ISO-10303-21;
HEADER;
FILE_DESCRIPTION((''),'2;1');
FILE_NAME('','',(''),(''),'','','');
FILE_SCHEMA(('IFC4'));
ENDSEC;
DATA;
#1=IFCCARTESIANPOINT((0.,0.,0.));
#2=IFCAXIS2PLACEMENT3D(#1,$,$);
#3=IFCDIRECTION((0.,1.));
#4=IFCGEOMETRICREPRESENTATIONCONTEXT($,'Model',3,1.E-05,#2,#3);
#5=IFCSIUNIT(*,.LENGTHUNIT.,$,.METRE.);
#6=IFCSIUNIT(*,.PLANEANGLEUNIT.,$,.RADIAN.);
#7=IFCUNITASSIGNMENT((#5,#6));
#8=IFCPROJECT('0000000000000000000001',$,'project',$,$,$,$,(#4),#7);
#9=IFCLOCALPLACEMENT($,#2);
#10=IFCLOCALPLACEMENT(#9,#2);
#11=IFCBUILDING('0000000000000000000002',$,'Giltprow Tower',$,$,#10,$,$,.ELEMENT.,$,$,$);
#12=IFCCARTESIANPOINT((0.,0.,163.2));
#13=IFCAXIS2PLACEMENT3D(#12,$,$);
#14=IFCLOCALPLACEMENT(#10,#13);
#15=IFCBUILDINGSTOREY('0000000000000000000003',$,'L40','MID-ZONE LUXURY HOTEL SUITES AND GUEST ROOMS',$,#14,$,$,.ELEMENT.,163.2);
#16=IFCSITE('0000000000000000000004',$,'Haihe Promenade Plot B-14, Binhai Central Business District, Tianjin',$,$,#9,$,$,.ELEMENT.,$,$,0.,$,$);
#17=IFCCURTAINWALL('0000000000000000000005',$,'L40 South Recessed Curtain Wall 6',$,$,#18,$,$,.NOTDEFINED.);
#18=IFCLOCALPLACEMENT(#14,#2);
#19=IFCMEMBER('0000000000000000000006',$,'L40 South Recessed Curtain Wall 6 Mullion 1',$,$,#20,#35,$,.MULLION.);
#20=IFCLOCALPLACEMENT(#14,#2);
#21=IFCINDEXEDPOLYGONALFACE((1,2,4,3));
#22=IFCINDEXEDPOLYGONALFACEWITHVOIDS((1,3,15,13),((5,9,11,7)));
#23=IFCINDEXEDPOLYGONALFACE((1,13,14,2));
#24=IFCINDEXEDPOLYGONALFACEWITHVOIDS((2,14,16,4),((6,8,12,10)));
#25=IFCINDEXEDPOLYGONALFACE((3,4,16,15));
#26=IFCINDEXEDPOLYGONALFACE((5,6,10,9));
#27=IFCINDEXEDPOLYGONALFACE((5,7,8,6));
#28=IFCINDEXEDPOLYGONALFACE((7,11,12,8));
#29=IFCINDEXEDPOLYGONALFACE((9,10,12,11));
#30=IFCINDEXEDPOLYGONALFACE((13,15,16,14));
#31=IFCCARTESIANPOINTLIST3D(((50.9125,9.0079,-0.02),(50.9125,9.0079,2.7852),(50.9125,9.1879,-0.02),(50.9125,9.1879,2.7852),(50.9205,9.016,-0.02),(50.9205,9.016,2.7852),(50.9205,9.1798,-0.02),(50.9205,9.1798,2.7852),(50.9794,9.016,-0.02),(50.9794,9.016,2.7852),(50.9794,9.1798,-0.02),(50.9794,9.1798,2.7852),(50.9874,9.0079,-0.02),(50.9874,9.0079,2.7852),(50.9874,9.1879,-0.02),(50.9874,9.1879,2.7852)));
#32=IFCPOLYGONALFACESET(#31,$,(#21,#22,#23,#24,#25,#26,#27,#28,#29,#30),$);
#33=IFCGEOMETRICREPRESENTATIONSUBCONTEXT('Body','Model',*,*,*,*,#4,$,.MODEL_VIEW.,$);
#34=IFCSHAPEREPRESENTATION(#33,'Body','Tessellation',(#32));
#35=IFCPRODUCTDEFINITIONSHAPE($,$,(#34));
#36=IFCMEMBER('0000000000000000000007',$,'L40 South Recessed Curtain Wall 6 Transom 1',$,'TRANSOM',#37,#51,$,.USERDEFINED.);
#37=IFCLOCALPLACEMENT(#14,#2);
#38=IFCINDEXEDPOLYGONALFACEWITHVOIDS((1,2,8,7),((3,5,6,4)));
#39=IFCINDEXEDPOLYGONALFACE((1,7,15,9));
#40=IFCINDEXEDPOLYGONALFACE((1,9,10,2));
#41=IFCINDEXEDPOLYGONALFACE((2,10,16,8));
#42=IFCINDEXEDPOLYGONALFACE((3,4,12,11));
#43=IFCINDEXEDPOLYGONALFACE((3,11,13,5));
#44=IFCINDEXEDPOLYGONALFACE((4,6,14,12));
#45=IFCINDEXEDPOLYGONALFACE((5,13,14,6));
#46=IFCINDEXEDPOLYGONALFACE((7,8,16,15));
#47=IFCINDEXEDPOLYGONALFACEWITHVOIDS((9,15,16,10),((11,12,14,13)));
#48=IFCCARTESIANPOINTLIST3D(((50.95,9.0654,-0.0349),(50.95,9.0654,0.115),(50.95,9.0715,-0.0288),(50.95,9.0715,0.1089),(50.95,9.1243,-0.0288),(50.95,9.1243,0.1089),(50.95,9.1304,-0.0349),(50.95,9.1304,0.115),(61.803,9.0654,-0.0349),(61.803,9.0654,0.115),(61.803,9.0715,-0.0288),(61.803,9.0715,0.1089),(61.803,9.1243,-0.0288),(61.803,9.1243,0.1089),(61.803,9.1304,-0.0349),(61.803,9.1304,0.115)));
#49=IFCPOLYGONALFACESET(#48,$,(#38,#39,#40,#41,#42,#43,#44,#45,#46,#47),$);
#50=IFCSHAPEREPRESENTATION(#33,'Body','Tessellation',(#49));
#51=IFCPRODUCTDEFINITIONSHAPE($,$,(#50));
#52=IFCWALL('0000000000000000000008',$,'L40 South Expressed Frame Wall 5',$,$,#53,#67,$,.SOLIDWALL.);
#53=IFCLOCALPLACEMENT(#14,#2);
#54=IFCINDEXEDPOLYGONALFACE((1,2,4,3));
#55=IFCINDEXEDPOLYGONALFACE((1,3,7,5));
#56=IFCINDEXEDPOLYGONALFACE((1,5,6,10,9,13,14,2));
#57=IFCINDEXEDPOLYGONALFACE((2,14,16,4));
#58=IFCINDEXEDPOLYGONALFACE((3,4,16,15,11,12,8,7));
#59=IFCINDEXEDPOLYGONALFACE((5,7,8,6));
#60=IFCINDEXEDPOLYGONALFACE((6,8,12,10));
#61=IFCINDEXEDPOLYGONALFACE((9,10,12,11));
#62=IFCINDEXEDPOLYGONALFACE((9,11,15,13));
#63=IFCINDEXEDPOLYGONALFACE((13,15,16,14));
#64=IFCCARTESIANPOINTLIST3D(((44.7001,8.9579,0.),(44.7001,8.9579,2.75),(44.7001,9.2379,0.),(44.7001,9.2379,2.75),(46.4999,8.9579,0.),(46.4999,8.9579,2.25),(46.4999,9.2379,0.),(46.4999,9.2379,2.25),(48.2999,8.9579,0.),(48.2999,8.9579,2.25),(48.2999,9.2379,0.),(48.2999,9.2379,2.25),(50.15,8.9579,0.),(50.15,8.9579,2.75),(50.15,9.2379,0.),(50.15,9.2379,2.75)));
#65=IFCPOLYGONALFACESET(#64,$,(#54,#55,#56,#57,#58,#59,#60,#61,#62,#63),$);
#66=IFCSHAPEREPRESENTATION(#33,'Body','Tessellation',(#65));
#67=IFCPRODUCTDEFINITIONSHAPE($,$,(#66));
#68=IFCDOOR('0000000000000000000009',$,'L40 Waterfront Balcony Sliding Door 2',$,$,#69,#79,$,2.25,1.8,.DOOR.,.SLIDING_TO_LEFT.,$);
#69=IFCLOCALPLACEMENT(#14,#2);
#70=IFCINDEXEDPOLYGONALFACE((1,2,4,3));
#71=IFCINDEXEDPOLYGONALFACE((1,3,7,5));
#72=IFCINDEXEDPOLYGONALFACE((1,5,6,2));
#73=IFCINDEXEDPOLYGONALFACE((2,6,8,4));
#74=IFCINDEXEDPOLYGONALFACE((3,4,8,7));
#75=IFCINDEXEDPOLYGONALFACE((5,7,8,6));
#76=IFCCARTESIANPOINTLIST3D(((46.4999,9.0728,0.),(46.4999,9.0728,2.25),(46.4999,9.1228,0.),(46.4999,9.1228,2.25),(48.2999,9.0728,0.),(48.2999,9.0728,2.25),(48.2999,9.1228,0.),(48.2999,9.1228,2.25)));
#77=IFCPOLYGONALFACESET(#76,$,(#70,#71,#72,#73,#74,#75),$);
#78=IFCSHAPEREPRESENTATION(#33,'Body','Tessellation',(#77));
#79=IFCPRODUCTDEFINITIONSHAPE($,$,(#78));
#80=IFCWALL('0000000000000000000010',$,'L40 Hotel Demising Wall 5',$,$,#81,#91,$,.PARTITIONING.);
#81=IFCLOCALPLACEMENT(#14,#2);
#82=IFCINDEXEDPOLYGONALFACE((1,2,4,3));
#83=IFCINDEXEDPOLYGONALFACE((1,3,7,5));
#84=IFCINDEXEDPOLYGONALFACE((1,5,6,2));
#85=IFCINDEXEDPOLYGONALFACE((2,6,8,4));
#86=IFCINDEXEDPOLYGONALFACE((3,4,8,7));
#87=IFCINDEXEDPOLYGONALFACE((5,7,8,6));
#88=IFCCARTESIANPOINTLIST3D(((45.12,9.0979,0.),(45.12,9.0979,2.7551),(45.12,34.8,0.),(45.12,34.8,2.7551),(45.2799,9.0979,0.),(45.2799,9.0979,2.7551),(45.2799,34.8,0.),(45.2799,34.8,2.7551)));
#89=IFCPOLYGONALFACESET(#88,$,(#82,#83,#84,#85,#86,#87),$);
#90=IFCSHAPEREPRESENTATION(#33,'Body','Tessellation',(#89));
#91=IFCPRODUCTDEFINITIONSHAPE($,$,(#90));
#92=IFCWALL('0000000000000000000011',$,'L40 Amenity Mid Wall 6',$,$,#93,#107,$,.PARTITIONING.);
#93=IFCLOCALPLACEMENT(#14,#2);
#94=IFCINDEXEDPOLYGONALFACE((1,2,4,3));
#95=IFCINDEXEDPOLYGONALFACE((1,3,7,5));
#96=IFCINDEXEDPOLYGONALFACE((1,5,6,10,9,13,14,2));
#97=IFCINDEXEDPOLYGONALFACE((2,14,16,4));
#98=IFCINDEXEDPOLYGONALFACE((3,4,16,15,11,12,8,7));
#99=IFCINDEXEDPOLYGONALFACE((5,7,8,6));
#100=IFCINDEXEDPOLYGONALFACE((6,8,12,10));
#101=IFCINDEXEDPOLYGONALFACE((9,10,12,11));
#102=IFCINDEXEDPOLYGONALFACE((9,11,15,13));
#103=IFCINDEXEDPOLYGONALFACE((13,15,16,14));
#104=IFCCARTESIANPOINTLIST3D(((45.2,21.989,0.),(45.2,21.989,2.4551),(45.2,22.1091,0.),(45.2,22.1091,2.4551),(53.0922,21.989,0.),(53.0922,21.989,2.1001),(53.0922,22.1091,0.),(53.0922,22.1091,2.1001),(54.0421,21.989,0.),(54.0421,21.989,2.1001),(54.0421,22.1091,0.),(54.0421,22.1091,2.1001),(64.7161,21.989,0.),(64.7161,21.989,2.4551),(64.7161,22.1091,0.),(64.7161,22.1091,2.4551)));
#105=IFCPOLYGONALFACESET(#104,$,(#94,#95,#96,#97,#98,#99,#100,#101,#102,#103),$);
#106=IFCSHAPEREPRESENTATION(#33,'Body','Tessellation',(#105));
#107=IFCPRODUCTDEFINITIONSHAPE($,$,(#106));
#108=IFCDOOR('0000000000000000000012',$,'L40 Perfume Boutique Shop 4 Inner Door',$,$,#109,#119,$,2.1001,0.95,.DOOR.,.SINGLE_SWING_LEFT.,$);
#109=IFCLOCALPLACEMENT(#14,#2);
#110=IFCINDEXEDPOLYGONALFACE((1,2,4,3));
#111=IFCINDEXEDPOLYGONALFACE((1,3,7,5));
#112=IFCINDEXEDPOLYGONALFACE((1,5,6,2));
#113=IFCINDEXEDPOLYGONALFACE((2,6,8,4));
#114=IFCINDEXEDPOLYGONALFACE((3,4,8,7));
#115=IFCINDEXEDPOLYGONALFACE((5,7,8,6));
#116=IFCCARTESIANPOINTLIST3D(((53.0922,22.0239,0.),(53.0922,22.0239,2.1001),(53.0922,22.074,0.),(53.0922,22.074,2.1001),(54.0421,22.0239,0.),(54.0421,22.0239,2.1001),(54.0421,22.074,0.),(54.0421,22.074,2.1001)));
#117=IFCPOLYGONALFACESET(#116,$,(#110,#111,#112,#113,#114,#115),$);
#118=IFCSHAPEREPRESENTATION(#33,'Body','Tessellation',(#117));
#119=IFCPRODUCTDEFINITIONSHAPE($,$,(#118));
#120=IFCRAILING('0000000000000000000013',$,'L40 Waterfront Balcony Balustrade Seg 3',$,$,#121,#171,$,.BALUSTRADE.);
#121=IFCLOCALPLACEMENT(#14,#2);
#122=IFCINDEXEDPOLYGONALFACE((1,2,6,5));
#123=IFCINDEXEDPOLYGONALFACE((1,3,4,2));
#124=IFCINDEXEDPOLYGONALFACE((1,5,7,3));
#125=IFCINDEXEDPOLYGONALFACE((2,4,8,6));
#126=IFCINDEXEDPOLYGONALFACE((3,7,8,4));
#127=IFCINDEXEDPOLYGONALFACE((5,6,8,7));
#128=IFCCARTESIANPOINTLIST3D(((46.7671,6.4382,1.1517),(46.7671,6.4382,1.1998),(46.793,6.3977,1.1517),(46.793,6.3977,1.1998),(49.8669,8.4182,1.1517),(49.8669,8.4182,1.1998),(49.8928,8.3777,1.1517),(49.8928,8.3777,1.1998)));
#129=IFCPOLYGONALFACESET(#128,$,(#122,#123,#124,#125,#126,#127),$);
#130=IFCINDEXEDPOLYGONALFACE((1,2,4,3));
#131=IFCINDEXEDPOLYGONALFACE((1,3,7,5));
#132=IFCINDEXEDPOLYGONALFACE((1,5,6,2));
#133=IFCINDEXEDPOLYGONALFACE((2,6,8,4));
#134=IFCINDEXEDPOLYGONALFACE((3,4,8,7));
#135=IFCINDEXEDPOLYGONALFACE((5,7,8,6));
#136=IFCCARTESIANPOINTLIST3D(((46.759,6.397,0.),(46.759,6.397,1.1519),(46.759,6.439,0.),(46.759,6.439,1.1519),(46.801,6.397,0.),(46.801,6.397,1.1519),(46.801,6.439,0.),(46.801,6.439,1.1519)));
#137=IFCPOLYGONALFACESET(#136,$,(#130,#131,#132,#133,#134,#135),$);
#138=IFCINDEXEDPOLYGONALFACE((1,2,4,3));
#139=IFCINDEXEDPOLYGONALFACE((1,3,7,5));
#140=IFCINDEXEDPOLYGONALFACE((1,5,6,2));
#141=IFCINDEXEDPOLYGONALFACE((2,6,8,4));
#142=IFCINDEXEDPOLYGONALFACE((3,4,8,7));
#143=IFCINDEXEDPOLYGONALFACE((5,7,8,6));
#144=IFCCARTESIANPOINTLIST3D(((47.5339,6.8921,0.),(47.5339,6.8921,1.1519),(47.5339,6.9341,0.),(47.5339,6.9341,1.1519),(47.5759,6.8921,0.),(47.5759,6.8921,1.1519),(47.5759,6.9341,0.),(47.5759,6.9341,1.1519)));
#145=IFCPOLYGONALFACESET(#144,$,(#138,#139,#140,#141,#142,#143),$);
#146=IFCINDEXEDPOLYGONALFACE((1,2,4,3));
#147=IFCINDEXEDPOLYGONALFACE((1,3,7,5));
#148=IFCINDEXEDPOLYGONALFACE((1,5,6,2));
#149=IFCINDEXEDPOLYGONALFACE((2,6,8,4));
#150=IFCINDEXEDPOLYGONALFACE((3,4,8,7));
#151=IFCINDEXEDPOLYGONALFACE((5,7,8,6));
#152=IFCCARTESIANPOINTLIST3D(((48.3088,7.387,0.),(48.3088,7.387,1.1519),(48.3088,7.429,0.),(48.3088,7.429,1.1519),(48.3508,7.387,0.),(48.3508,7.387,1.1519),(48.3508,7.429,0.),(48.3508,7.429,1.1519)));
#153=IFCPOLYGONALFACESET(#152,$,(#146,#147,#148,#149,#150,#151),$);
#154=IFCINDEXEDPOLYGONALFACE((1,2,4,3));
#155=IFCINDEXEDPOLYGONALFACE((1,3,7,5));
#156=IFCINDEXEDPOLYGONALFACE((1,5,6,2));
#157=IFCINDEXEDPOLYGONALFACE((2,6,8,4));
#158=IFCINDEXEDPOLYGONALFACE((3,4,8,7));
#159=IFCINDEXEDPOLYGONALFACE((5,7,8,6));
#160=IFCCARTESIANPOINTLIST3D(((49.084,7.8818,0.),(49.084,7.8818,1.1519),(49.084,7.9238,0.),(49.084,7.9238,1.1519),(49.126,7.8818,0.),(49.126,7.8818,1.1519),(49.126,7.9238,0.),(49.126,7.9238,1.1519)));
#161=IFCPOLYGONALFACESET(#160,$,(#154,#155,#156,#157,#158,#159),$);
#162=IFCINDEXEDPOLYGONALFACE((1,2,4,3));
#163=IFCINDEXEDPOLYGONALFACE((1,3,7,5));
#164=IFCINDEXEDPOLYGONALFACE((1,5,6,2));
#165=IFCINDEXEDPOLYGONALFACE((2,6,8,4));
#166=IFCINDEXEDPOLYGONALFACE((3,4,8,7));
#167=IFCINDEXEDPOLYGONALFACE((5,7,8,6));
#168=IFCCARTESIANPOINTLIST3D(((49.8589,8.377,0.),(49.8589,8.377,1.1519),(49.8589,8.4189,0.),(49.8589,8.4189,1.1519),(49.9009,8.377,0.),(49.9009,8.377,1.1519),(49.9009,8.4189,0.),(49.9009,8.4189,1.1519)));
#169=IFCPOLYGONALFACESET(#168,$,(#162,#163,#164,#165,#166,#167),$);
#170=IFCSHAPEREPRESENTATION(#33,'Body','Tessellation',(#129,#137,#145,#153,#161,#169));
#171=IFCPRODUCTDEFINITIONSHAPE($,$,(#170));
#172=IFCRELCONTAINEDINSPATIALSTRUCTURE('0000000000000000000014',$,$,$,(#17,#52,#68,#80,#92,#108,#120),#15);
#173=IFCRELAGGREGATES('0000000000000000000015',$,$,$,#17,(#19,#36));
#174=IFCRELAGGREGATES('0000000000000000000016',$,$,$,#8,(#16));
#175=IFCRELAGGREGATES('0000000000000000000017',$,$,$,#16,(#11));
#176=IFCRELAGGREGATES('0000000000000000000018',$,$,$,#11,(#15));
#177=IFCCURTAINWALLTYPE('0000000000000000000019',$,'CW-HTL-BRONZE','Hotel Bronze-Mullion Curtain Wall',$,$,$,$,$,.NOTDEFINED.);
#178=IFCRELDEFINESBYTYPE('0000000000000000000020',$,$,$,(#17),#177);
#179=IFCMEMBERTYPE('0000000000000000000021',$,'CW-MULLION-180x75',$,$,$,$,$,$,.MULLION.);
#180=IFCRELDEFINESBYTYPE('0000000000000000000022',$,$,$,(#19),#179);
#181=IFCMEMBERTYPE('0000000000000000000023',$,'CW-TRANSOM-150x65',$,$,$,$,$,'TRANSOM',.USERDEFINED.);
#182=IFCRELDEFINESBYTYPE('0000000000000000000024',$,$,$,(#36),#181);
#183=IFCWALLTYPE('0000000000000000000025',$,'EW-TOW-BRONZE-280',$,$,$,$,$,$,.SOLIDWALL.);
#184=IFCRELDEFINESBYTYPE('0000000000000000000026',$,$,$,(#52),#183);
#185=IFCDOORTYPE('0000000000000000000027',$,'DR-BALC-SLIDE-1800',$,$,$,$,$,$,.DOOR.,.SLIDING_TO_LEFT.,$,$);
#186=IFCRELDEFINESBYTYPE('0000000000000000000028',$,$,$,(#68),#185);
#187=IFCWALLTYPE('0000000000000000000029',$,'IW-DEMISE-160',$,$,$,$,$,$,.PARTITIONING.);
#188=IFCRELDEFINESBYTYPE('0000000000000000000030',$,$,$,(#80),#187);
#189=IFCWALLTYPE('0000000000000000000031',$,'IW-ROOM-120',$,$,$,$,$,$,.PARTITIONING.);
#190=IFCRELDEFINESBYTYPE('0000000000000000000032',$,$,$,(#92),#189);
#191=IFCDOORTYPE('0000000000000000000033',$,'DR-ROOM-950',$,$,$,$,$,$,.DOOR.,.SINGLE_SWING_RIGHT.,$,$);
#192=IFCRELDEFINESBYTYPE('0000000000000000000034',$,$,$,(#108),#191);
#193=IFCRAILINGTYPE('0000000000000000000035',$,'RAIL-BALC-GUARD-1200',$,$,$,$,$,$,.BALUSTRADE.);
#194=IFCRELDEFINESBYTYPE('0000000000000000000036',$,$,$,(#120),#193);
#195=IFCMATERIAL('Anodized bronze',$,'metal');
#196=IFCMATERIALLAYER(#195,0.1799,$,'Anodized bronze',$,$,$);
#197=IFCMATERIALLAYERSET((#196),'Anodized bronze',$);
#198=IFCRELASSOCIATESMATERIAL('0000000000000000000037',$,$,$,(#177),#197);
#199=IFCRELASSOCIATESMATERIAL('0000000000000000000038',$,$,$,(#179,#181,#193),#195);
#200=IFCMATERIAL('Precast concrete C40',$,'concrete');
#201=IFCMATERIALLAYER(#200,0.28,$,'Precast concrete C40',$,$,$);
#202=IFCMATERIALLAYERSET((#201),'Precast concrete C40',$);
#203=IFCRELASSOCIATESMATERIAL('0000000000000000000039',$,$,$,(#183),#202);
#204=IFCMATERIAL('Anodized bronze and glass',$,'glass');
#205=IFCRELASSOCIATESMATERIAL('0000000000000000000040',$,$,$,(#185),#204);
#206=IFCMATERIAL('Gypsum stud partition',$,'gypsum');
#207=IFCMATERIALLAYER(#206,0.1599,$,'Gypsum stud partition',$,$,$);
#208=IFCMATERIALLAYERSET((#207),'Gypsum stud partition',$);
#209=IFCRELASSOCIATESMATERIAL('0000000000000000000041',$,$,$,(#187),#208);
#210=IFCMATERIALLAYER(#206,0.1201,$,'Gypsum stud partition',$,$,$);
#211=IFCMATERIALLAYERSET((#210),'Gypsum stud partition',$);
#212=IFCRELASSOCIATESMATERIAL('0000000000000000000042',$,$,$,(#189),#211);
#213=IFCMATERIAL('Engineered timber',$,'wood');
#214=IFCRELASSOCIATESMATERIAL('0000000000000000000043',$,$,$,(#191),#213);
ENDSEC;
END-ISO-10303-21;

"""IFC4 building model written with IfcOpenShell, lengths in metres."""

from ifc_helpers import new_model, si_unit, direction, frame, frame_2d, origin, origin_2d, place, context, subcontext, project, spatial, rectangle, hollow_rectangle, extrude, source, transform, mapped, material, layer, layer_set, material_profile, profile_set, type_object, element, fill, aggregate, save


model = new_model("IFC4")

# Units and contexts
model_context = context("Model", 3, precision=1e-05, world=origin(), true_north=direction((0.0, 1.0)))
body_context = subcontext(model_context, "Body", "Model", "MODEL_VIEW")
ifc_project = project(units=[si_unit("LENGTHUNIT", "METRE"), si_unit("PLANEANGLEUNIT", "RADIAN")], contexts=[model_context])

# Site, building, storey
site_placement = place(None, origin())
site = spatial("IfcSite", under=ifc_project, at=site_placement, Name="Haihe Promenade Plot B-14, Binhai Central Business District, Tianjin", CompositionType="ELEMENT", RefElevation=0.0)
building_placement = place(site_placement, origin())
building = spatial("IfcBuilding", under=site, at=building_placement, Name="Giltprow Tower", CompositionType="ELEMENT")
storey_placement = place(building_placement, frame((0.0, 0.0, 163.2)))
storey = spatial("IfcBuildingStorey", under=building, at=storey_placement, Name="L40", Description="MID-ZONE LUXURY HOTEL SUITES AND GUEST ROOMS", CompositionType="ELEMENT", Elevation=163.2)

# Curtain wall, members
ifc_material_1 = material(Name="Anodized bronze", Category="metal")
ifc_layer_1 = layer(ifc_material_1, 0.1799, Name="Anodized bronze")
ifc_layer_set_1 = layer_set([ifc_layer_1], Name="Anodized bronze")
curtain_wall_type = type_object("IfcCurtainWallType", Name="CW-HTL-BRONZE", Description="Hotel Bronze-Mullion Curtain Wall", PredefinedType="NOTDEFINED", material=ifc_layer_set_1)
curtain_wall_placement = place(storey_placement, origin())
curtain_wall = element("IfcCurtainWall", 1, at=curtain_wall_placement, inside=storey, type_object=curtain_wall_type, Name="L40 South Recessed Curtain Wall 6", PredefinedType="NOTDEFINED")
ifc_material_profile_1 = material_profile(ifc_material_1, hollow_rectangle(XDim=0.075, YDim=0.1799, WallThickness=0.0081, at=origin_2d()), Name="RHS 180x75x8")
ifc_profile_set_1 = profile_set([ifc_material_profile_1], Name="Anodized bronze")
member_type_1 = type_object("IfcMemberType", Name="CW-MULLION-180x75", PredefinedType="MULLION", material=ifc_profile_set_1)
shared_shape_1 = source(origin(), body_context, "Body", "SweptSolid", [
    extrude(hollow_rectangle(XDim=0.075, YDim=0.1799, WallThickness=0.0081, at=origin_2d()), origin(), (0.0, 0.0, 1.0), 2.8052),
])
member_1_placement = place(storey_placement, frame((50.95, 9.0979, -0.02), z_axis=(0.0, 0.0, 1.0), x_axis=(1.0, 0.0, 0.0)))
member_1 = element("IfcMember", 2, at=member_1_placement, type_object=member_type_1, Name="L40 South Recessed Curtain Wall 6 Mullion 1", PredefinedType="MULLION", context=body_context, shape_type="MappedRepresentation", body=[
    mapped(shared_shape_1, transform((0.0, 0.0, 0.0), x_axis=(1.0, 0.0, 0.0), y_axis=(0.0, 1.0, 0.0), z_axis=(0.0, 0.0, 1.0), scale=1.0)),
])
ifc_material_profile_2 = material_profile(ifc_material_1, hollow_rectangle(XDim=0.0649, YDim=0.1499, WallThickness=0.0061, at=origin_2d()), Name="RHS 150x65x6")
ifc_profile_set_2 = profile_set([ifc_material_profile_2], Name="Anodized bronze")
member_type_2 = type_object("IfcMemberType", Name="CW-TRANSOM-150x65", ElementType="TRANSOM", PredefinedType="USERDEFINED", material=ifc_profile_set_2)
shared_shape_2 = source(origin(), body_context, "Body", "SweptSolid", [
    extrude(hollow_rectangle(XDim=0.0649, YDim=0.1499, WallThickness=0.0061, at=origin_2d()), origin(), (0.0, 0.0, 1.0), 10.853),
])
member_2_placement = place(storey_placement, frame((50.95, 9.0979, 0.04), z_axis=(1.0, 0.0, 0.0), x_axis=(0.0, 1.0, 0.0)))
member_2 = element("IfcMember", 3, at=member_2_placement, type_object=member_type_2, Name="L40 South Recessed Curtain Wall 6 Transom 1", ObjectType="TRANSOM", PredefinedType="USERDEFINED", context=body_context, shape_type="MappedRepresentation", body=[
    mapped(shared_shape_2, transform((0.0, 0.0, 0.0), x_axis=(1.0, 0.0, 0.0), y_axis=(0.0, 1.0, 0.0), z_axis=(0.0, 0.0, 1.0), scale=1.0)),
])
aggregate(curtain_wall, [member_1, member_2])

# Wall, opening, door
ifc_material_2 = material(Name="Precast concrete C40", Category="concrete")
ifc_layer_2 = layer(ifc_material_2, 0.28, Name="Precast concrete C40")
ifc_layer_set_2 = layer_set([ifc_layer_2], Name="Precast concrete C40")
wall_type_1 = type_object("IfcWallType", Name="EW-TOW-BRONZE-280", PredefinedType="SOLIDWALL", material=ifc_layer_set_2)
wall_1_placement = place(storey_placement, frame((44.7, 9.0979, 0.0), z_axis=(0.0, 0.0, 1.0), x_axis=(1.0, 0.0, 0.0)))
wall_1 = element("IfcWall", 4, at=wall_1_placement, inside=storey, type_object=wall_type_1, Name="L40 South Expressed Frame Wall 5", PredefinedType="SOLIDWALL", context=body_context, shape_type="SweptSolid", body=[
    extrude(rectangle(XDim=5.45, YDim=0.28, at=frame_2d((2.7251, 0.0))), origin(), (0.0, 0.0, 1.0), 2.75),
])
opening_1_placement = place(wall_1_placement, frame((1.8, 0.0, 0.0)))
opening_1 = element("IfcOpeningElement", 5, at=opening_1_placement, cuts=wall_1, PredefinedType="OPENING", context=body_context, shape_type="SweptSolid", body=[
    extrude(rectangle(XDim=1.8, YDim=2.25, at=frame_2d((0.8999, 1.125))), frame((0.0, 0.1499, 0.0), z_axis=(0.0, -1.0, 0.0), x_axis=(1.0, 0.0, 0.0)), (0.0, 0.0, 1.0), 0.3),
])
ifc_material_3 = material(Name="Anodized bronze and glass", Category="glass")
door_type_1 = type_object("IfcDoorType", Name="DR-BALC-SLIDE-1800", OperationType="SLIDING_TO_LEFT", PredefinedType="DOOR", material=ifc_material_3)
shared_shape_3 = source(origin(), body_context, "Body", "SweptSolid", [
    extrude(rectangle(XDim=1.8, YDim=2.25, at=frame_2d((0.8999, 1.125))), frame((0.0, 0.0249, 0.0), z_axis=(0.0, -1.0, 0.0), x_axis=(1.0, 0.0, 0.0)), (0.0, 0.0, 1.0), 0.05),
])
door_1_placement = place(opening_1_placement, origin())
door_1 = element("IfcDoor", 6, at=door_1_placement, inside=storey, type_object=door_type_1, Name="L40 Waterfront Balcony Sliding Door 2", OperationType="SLIDING_TO_LEFT", OverallHeight=2.25, OverallWidth=1.8, PredefinedType="DOOR", context=body_context, shape_type="MappedRepresentation", body=[
    mapped(shared_shape_3, transform((0.0, 0.0, 0.0), x_axis=(1.0, 0.0, 0.0), y_axis=(0.0, 1.0, 0.0), z_axis=(0.0, 0.0, 1.0), scale=1.0)),
])
fill(opening_1, door_1)

# Wall
ifc_material_4 = material(Name="Gypsum stud partition", Category="gypsum")
ifc_layer_3 = layer(ifc_material_4, 0.1599, Name="Gypsum stud partition")
ifc_layer_set_3 = layer_set([ifc_layer_3], Name="Gypsum stud partition")
wall_type_2 = type_object("IfcWallType", Name="IW-DEMISE-160", PredefinedType="PARTITIONING", material=ifc_layer_set_3)
wall_2_placement = place(storey_placement, frame((45.2, 9.0979, 0.0), z_axis=(0.0, 0.0, 1.0), x_axis=(0.0, 1.0, 0.0)))
element("IfcWall", 7, at=wall_2_placement, inside=storey, type_object=wall_type_2, Name="L40 Hotel Demising Wall 5", PredefinedType="PARTITIONING", context=body_context, shape_type="SweptSolid", body=[
    extrude(rectangle(XDim=25.7021, YDim=0.1599, at=frame_2d((12.8511, 0.0))), origin(), (0.0, 0.0, 1.0), 2.7551),
])

# Wall, opening, door
ifc_layer_4 = layer(ifc_material_4, 0.1201, Name="Gypsum stud partition")
ifc_layer_set_4 = layer_set([ifc_layer_4], Name="Gypsum stud partition")
wall_type_3 = type_object("IfcWallType", Name="IW-ROOM-120", PredefinedType="PARTITIONING", material=ifc_layer_set_4)
wall_3_placement = place(storey_placement, frame((45.2, 22.0491, 0.0), z_axis=(0.0, 0.0, 1.0), x_axis=(1.0, 0.0, 0.0)))
wall_3 = element("IfcWall", 8, at=wall_3_placement, inside=storey, type_object=wall_type_3, Name="L40 Amenity Mid Wall 6", PredefinedType="PARTITIONING", context=body_context, shape_type="SweptSolid", body=[
    extrude(rectangle(XDim=19.5161, YDim=0.1201, at=frame_2d((9.7581, 0.0))), origin(), (0.0, 0.0, 1.0), 2.4551),
])
opening_2_placement = place(wall_3_placement, frame((7.8921, 0.0, 0.0)))
opening_2 = element("IfcOpeningElement", 9, at=opening_2_placement, cuts=wall_3, PredefinedType="OPENING", context=body_context, shape_type="SweptSolid", body=[
    extrude(rectangle(XDim=0.95, YDim=2.1001, at=frame_2d((0.4751, 1.05))), frame((0.0, 0.0701, 0.0), z_axis=(0.0, -1.0, 0.0), x_axis=(1.0, 0.0, 0.0)), (0.0, 0.0, 1.0), 0.1401),
])
ifc_material_5 = material(Name="Engineered timber", Category="wood")
door_type_2 = type_object("IfcDoorType", Name="DR-ROOM-950", OperationType="SINGLE_SWING_RIGHT", PredefinedType="DOOR", material=ifc_material_5)
shared_shape_4 = source(origin(), body_context, "Body", "SweptSolid", [
    extrude(rectangle(XDim=0.95, YDim=2.1001, at=frame_2d((0.4751, 1.05))), frame((0.0, 0.0249, 0.0), z_axis=(0.0, -1.0, 0.0), x_axis=(1.0, 0.0, 0.0)), (0.0, 0.0, 1.0), 0.05),
])
door_2_placement = place(opening_2_placement, origin())
door_2 = element("IfcDoor", 10, at=door_2_placement, inside=storey, type_object=door_type_2, Name="L40 Perfume Boutique Shop 4 Inner Door", OperationType="SINGLE_SWING_LEFT", OverallHeight=2.1001, OverallWidth=0.95, PredefinedType="DOOR", context=body_context, shape_type="MappedRepresentation", body=[
    mapped(shared_shape_4, transform((0.0, 0.0, 0.0), x_axis=(1.0, 0.0, 0.0), y_axis=(0.0, 1.0, 0.0), z_axis=(0.0, 0.0, 1.0), scale=1.0)),
])
fill(opening_2, door_2)

# Railing
railing_type = type_object("IfcRailingType", Name="RAIL-BALC-GUARD-1200", PredefinedType="BALUSTRADE", material=ifc_material_1)
railing_1_placement = place(storey_placement, frame((46.78, 6.418, 0.0)))
element("IfcRailing", 11, at=railing_1_placement, inside=storey, type_object=railing_type, Name="L40 Waterfront Balcony Balustrade Seg 3", PredefinedType="BALUSTRADE", context=body_context, shape_type="SweptSolid", body=[
    extrude(rectangle(XDim=0.0481, YDim=0.0481, at=origin_2d()), frame((0.0, 0.0, 1.1758), z_axis=(0.842756, 0.538296, 0.0), x_axis=(-0.538296, 0.842756, 0.0)), (0.0, 0.0, 1.0), 3.6782),
    extrude(rectangle(XDim=0.042, YDim=0.042, at=origin_2d()), origin(), (0.0, 0.0, 1.0), 1.1519),
    extrude(rectangle(XDim=0.042, YDim=0.042, at=origin_2d()), frame((0.7749, 0.4951, 0.0)), (0.0, 0.0, 1.0), 1.1519),
    extrude(rectangle(XDim=0.042, YDim=0.042, at=origin_2d()), frame((1.5498, 0.99, 0.0)), (0.0, 0.0, 1.0), 1.1519),
    extrude(rectangle(XDim=0.042, YDim=0.042, at=origin_2d()), frame((2.325, 1.4849, 0.0)), (0.0, 0.0, 1.0), 1.1519),
    extrude(rectangle(XDim=0.042, YDim=0.042, at=origin_2d()), frame((3.0999, 1.98, 0.0)), (0.0, 0.0, 1.0), 1.1519),
])

save(model, "model.ifc")
